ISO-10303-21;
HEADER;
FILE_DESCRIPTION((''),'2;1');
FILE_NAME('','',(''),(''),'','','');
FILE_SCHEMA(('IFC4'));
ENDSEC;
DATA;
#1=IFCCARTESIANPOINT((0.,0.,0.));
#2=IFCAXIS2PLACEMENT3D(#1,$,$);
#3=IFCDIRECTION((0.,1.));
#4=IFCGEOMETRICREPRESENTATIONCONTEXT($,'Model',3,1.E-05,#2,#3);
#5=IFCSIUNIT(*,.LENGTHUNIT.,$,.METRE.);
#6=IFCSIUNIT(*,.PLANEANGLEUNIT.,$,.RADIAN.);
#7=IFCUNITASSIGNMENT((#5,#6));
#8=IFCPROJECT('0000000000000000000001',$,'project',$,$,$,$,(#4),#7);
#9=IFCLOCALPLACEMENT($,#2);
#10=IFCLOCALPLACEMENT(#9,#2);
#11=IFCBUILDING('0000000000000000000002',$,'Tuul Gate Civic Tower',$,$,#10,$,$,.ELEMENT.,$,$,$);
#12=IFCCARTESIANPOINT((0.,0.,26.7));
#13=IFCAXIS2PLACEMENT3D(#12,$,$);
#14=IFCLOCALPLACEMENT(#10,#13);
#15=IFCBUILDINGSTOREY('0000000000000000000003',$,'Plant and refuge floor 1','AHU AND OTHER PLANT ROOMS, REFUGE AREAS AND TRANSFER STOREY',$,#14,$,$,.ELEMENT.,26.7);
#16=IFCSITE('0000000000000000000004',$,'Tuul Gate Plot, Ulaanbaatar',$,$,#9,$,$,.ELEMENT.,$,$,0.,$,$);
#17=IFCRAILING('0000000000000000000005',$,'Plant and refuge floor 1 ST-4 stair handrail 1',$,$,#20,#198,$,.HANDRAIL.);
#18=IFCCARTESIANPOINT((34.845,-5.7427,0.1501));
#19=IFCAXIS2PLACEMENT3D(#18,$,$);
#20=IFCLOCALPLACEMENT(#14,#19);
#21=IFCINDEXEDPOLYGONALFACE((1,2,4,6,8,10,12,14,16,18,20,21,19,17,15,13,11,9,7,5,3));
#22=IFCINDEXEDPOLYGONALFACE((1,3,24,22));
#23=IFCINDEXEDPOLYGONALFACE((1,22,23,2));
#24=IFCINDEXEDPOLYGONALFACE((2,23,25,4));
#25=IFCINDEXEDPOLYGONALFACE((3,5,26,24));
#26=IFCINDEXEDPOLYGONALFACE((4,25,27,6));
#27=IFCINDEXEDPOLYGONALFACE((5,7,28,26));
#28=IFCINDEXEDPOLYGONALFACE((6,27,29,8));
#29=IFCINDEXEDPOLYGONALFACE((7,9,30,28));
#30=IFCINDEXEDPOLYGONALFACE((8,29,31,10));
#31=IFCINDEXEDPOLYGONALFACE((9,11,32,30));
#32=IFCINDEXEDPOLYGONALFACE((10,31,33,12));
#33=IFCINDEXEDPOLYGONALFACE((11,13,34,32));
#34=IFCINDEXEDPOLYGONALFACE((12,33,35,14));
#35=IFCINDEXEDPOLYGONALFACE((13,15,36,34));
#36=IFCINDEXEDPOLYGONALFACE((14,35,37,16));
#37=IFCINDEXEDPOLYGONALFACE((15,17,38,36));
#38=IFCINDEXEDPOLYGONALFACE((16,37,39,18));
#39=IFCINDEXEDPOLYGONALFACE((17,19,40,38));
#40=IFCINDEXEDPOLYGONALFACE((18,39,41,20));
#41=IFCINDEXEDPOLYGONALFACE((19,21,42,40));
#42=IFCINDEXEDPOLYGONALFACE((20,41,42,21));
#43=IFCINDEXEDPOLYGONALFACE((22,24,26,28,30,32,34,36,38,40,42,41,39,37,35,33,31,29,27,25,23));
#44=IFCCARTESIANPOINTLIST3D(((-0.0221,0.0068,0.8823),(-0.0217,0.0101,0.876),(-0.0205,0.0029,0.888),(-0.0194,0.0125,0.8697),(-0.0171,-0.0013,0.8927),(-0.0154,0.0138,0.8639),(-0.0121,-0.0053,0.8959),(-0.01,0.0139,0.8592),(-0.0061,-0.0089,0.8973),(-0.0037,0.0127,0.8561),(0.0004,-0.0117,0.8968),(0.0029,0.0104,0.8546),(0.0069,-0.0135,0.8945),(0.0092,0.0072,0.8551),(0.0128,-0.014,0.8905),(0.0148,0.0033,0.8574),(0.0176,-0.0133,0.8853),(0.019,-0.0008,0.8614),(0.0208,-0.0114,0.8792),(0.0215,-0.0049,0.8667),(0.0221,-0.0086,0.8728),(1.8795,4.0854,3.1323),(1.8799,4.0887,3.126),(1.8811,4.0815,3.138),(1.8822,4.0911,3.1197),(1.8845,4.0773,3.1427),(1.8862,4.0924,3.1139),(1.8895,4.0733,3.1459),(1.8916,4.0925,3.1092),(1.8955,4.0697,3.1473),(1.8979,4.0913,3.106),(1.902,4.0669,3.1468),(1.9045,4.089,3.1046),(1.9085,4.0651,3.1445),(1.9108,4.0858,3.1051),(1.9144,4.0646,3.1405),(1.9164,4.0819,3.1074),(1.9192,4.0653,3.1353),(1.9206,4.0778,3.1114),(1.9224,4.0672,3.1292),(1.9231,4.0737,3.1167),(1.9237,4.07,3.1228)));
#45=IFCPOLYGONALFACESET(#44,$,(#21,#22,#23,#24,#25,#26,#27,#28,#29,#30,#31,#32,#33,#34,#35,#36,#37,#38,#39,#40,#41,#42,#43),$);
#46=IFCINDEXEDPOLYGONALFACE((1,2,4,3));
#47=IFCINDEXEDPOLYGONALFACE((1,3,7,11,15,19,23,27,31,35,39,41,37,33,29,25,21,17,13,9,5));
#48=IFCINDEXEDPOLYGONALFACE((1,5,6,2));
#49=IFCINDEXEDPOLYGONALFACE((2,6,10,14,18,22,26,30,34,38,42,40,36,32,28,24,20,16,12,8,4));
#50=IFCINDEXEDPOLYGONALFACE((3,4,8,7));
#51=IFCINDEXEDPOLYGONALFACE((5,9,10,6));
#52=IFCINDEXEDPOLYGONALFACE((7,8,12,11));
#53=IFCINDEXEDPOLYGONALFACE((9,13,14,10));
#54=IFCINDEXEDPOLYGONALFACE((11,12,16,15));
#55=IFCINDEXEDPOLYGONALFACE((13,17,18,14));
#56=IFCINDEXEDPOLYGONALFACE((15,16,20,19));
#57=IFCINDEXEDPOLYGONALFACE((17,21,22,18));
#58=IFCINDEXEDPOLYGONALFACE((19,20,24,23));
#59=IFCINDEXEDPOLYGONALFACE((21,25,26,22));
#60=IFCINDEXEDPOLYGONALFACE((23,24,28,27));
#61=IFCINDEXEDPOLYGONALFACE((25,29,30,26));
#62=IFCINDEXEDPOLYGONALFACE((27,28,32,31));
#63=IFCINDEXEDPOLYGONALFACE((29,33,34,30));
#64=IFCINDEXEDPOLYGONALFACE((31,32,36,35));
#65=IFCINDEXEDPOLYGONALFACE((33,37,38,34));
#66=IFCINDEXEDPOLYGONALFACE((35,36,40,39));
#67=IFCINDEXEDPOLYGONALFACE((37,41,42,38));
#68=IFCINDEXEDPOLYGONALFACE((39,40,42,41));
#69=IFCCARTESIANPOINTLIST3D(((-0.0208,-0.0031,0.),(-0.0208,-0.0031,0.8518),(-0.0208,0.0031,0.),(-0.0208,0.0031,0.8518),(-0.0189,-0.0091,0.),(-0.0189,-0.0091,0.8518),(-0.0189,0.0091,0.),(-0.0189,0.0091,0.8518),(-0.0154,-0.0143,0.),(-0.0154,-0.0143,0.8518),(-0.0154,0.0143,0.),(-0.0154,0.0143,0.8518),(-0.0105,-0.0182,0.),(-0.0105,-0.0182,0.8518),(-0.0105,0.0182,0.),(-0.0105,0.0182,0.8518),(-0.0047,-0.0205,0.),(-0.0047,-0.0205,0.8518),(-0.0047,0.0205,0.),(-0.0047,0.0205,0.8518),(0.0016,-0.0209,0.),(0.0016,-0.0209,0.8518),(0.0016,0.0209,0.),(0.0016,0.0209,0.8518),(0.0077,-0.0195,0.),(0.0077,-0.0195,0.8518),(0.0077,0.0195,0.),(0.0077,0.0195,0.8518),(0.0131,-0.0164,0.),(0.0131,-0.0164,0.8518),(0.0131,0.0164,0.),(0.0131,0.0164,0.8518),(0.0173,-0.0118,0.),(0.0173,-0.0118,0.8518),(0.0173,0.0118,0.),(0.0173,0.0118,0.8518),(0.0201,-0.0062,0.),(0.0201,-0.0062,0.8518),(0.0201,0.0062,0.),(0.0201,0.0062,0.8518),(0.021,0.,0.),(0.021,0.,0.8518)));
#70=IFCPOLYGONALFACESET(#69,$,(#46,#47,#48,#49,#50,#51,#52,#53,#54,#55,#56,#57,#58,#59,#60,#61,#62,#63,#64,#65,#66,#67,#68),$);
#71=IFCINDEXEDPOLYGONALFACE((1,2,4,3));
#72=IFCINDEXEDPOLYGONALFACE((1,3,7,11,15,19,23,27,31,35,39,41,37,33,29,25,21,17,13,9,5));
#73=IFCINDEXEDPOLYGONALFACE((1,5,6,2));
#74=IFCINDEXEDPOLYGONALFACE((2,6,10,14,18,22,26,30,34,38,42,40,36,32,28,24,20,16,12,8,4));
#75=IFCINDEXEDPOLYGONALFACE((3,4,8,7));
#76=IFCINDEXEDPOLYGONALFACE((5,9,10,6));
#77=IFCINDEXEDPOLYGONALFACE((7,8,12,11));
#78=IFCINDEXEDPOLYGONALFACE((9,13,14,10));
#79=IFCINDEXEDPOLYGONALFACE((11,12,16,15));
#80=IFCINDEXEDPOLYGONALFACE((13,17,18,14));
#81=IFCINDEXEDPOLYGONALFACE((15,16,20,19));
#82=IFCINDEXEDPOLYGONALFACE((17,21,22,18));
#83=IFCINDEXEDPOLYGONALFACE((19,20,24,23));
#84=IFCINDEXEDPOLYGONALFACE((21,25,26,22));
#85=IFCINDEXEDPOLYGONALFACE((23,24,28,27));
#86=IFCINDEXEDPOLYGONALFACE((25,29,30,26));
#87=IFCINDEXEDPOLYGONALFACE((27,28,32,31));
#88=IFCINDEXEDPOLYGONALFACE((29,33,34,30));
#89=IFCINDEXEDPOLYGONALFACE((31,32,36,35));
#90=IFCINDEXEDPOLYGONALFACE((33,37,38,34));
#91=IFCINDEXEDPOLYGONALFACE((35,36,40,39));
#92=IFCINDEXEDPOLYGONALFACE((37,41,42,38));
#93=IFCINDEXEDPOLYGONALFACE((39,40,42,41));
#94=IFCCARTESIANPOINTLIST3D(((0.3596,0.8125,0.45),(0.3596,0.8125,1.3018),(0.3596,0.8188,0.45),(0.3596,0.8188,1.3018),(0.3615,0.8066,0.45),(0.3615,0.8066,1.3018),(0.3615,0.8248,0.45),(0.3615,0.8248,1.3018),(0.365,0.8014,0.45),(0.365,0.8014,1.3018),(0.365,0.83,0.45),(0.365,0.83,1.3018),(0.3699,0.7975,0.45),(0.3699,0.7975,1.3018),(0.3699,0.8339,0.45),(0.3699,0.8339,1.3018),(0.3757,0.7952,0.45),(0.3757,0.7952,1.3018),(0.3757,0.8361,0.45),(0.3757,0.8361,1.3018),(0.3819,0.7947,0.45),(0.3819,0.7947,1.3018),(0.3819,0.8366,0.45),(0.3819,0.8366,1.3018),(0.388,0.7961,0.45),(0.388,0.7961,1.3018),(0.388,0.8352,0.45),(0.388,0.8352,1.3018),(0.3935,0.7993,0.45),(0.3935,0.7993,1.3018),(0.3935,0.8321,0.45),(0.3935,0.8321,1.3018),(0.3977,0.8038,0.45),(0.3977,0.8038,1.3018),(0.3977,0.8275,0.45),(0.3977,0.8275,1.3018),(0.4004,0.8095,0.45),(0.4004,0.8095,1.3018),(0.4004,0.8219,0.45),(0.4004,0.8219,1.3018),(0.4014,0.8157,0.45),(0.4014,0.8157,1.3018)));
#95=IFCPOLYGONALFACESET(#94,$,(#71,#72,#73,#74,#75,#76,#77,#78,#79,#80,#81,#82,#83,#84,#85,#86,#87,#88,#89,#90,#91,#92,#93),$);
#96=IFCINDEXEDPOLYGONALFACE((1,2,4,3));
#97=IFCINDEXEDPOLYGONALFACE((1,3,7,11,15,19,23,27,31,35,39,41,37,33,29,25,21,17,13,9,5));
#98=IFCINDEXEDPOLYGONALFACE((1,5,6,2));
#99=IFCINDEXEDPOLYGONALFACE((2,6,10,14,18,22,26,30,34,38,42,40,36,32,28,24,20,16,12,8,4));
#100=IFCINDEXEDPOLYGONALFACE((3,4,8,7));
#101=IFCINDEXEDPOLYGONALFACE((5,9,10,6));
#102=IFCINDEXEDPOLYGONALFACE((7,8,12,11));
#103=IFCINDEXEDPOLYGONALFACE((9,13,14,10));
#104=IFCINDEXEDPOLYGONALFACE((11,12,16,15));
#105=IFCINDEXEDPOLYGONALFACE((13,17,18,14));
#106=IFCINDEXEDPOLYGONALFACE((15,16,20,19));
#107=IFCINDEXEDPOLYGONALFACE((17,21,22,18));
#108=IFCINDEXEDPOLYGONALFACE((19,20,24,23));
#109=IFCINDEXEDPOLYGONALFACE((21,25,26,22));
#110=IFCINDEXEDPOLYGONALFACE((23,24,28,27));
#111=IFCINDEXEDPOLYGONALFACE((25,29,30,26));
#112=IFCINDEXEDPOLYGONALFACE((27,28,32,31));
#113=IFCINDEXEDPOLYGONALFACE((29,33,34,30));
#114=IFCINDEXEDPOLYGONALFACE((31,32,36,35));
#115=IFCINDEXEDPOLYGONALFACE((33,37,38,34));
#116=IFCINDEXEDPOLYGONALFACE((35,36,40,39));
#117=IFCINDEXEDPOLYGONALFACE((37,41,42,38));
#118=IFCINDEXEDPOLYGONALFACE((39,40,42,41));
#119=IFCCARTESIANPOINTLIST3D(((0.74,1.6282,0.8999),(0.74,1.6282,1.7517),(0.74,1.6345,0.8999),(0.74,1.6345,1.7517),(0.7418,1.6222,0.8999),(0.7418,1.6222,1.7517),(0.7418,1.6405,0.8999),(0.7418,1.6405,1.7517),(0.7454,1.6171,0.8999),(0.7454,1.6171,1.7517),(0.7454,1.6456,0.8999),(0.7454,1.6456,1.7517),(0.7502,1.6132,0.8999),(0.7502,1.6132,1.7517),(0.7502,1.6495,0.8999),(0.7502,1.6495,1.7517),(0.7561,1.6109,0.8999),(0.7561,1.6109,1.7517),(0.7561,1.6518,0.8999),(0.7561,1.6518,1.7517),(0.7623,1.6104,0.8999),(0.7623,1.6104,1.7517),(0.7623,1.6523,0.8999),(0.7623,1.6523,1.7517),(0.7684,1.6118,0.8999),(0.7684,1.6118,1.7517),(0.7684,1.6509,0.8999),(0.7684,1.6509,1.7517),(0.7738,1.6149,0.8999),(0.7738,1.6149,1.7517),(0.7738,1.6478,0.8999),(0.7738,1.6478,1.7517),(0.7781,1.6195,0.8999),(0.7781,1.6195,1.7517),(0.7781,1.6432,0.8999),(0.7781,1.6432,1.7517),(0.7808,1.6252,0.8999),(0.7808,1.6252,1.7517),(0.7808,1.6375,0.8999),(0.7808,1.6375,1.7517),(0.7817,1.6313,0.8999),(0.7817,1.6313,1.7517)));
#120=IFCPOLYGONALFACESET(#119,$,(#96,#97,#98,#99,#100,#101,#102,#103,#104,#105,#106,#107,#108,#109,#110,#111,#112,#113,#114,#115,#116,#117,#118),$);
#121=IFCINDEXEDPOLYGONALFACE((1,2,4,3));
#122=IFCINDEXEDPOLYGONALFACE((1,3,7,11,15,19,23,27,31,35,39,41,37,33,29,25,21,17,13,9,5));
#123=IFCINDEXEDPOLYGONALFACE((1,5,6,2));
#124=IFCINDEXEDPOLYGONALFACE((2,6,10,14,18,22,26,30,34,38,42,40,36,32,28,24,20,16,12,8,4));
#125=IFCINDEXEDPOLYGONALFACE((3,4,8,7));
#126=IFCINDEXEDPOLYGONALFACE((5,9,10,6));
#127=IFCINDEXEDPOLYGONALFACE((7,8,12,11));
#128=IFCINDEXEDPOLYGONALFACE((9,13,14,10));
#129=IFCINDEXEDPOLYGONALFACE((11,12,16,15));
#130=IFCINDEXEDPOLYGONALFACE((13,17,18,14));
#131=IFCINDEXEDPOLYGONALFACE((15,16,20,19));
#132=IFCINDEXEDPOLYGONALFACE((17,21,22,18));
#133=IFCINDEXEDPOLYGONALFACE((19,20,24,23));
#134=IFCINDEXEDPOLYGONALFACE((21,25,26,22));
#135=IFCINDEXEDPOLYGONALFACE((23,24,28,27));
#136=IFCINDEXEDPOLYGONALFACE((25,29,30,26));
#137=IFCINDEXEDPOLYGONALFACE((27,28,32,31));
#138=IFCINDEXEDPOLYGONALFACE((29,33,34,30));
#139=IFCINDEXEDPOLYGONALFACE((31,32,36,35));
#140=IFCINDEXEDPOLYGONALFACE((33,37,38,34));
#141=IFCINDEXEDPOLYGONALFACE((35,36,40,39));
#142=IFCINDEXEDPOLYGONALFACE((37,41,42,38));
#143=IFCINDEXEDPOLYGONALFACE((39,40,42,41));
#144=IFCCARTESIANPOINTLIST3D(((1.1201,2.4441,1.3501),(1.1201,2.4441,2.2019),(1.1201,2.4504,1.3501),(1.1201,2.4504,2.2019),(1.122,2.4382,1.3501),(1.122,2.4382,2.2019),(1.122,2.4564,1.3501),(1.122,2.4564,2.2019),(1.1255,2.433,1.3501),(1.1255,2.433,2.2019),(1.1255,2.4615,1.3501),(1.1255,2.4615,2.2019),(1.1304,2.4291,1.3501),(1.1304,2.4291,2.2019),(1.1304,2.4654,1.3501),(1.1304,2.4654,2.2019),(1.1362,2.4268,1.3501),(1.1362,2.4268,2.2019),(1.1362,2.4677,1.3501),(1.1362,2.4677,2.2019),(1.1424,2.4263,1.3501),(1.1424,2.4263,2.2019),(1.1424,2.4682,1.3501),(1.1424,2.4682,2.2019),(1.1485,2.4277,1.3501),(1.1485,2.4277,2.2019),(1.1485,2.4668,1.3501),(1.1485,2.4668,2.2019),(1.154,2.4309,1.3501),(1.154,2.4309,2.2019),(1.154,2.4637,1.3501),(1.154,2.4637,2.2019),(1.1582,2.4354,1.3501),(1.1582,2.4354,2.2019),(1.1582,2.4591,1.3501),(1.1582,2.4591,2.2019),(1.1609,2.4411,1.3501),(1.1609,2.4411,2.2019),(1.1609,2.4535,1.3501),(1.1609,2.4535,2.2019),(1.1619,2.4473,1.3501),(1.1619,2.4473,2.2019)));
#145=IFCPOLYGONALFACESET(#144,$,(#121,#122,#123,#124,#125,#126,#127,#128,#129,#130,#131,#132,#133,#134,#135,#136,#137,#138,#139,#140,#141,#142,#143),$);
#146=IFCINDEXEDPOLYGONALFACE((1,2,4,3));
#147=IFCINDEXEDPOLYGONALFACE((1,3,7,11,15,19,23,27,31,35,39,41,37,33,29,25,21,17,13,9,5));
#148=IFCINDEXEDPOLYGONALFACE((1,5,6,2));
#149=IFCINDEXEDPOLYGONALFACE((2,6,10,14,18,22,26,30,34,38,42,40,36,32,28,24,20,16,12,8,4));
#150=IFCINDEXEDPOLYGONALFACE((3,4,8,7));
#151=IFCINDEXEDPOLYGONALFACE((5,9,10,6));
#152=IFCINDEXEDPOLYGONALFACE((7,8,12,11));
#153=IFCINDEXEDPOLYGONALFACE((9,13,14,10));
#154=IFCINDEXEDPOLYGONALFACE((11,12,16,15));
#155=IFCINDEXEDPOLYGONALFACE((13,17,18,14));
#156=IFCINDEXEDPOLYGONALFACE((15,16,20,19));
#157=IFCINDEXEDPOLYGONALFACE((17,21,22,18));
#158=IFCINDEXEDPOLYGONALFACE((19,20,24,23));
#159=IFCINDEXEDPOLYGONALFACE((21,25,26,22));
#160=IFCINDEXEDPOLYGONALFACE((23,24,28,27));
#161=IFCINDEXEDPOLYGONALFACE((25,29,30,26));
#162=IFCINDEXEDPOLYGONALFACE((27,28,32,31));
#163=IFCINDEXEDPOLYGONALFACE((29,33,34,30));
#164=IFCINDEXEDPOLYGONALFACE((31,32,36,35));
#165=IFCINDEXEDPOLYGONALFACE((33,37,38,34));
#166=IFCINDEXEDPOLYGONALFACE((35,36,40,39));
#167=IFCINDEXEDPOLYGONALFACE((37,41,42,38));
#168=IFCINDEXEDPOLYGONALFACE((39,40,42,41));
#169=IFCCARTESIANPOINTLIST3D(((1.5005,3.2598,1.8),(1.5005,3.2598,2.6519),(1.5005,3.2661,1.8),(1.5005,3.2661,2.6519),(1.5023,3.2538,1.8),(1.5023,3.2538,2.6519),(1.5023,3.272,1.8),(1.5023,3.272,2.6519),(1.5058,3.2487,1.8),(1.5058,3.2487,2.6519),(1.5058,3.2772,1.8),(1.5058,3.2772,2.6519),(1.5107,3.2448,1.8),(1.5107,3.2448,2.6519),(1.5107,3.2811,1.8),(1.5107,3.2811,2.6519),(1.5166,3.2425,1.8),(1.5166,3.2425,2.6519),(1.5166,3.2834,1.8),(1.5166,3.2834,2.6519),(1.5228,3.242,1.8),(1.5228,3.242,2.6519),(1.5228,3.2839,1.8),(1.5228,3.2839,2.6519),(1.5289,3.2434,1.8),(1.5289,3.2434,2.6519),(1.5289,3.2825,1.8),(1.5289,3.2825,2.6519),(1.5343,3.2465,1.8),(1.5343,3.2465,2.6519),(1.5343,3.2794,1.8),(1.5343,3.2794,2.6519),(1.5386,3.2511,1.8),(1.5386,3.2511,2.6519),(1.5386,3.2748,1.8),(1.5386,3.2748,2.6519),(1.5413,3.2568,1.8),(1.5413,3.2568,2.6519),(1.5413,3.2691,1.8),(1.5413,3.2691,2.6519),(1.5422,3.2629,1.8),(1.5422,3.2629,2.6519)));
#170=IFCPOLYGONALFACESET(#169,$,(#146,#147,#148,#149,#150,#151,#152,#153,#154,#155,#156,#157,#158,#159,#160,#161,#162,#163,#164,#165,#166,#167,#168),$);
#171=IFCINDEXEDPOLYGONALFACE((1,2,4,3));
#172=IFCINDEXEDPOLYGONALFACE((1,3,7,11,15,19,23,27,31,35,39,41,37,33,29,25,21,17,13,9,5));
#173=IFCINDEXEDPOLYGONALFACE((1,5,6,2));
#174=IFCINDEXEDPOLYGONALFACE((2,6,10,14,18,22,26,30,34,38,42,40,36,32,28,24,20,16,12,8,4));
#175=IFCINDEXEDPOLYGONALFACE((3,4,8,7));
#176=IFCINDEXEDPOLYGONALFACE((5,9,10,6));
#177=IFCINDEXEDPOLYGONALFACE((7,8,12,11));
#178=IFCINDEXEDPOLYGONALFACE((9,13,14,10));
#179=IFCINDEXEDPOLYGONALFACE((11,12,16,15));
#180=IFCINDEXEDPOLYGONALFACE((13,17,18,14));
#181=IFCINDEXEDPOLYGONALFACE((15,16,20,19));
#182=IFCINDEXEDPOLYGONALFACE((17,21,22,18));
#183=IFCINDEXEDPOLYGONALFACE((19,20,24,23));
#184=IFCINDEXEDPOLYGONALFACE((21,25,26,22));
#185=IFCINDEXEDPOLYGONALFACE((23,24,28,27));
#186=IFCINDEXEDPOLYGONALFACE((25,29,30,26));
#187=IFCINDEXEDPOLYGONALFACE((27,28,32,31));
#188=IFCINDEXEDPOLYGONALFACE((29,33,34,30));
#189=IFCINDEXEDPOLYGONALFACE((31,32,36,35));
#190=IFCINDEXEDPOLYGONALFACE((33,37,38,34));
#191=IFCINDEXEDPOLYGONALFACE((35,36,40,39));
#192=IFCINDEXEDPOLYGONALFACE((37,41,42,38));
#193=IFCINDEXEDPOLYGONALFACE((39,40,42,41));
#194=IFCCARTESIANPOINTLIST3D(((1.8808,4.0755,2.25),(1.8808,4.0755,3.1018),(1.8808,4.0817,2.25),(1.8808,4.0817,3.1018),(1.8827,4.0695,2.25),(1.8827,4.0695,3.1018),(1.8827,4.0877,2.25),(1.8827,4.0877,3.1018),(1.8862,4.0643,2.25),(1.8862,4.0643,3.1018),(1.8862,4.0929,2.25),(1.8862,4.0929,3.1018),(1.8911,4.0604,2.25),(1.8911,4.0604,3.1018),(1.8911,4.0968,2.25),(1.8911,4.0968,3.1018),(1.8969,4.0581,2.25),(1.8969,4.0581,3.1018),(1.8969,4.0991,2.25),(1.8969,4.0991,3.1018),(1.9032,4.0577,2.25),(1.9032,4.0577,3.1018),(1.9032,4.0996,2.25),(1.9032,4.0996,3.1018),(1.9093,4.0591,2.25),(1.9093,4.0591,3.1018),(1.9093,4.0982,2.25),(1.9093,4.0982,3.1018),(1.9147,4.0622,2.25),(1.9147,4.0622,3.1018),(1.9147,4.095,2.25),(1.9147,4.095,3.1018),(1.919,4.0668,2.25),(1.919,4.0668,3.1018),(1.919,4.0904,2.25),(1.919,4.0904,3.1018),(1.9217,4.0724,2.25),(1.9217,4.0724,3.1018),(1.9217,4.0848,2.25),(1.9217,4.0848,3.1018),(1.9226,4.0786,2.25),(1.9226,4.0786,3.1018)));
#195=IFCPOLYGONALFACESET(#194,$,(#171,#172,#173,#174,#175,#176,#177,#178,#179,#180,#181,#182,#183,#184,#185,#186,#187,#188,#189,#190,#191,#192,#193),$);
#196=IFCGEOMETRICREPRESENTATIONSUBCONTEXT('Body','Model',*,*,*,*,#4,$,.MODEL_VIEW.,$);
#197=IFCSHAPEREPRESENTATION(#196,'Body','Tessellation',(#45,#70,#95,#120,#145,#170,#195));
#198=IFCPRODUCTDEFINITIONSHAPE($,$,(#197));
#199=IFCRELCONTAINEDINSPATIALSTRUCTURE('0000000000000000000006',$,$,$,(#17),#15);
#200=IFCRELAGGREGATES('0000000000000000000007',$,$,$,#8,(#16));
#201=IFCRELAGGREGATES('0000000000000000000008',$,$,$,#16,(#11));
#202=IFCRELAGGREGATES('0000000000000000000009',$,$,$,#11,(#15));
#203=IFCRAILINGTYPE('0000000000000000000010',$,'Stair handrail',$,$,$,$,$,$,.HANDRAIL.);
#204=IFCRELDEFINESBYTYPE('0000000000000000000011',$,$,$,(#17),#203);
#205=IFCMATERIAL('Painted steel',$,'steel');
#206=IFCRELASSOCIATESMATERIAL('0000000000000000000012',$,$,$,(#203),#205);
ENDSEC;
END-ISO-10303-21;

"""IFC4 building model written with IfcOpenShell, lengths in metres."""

from ifc_helpers import new_model, si_unit, direction, frame, origin, origin_2d, place, context, subcontext, project, spatial, circle, extrude, material, type_object, element, save


model = new_model("IFC4")

# Units and contexts
model_context = context("Model", 3, precision=1e-05, world=origin(), true_north=direction((0.0, 1.0)))
body_context = subcontext(model_context, "Body", "Model", "MODEL_VIEW")
ifc_project = project(units=[si_unit("LENGTHUNIT", "METRE"), si_unit("PLANEANGLEUNIT", "RADIAN")], contexts=[model_context])

# Site, building, storey
site_placement = place(None, origin())
site = spatial("IfcSite", under=ifc_project, at=site_placement, Name="Tuul Gate Plot, Ulaanbaatar", CompositionType="ELEMENT", RefElevation=0.0)
building_placement = place(site_placement, origin())
building = spatial("IfcBuilding", under=site, at=building_placement, Name="Tuul Gate Civic Tower", CompositionType="ELEMENT")
storey_placement = place(building_placement, frame((0.0, 0.0, 26.7)))
storey = spatial("IfcBuildingStorey", under=building, at=storey_placement, Name="Plant and refuge floor 1", Description="AHU AND OTHER PLANT ROOMS, REFUGE AREAS AND TRANSFER STOREY", CompositionType="ELEMENT", Elevation=26.7)

# Railing
ifc_material_1 = material(Name="Painted steel", Category="steel")
railing_type = type_object("IfcRailingType", Name="Stair handrail", PredefinedType="HANDRAIL", material=ifc_material_1)
railing_placement = place(storey_placement, frame((34.845, -5.7427, 0.1501)))
element("IfcRailing", 1, at=railing_placement, inside=storey, type_object=railing_type, Name="Plant and refuge floor 1 ST-4 stair handrail 1", PredefinedType="HANDRAIL", context=body_context, shape_type="SweptSolid", body=[
    extrude(circle(Radius=0.0239, at=origin_2d()), frame((0.0, 0.0, 0.876), z_axis=(0.377958, 0.810652, 0.447203), x_axis=(-0.906331, 0.422568, 0.0)), (0.0, 0.0, 1.0), 5.0312),
    extrude(circle(Radius=0.021, at=origin_2d()), origin(), (0.0, 0.0, 1.0), 0.8518),
    extrude(circle(Radius=0.021, at=origin_2d()), frame((0.3804, 0.8157, 0.45)), (0.0, 0.0, 1.0), 0.8518),
    extrude(circle(Radius=0.021, at=origin_2d()), frame((0.7607, 1.6313, 0.8999)), (0.0, 0.0, 1.0), 0.8518),
    extrude(circle(Radius=0.021, at=origin_2d()), frame((1.1409, 2.4473, 1.3501)), (0.0, 0.0, 1.0), 0.8518),
    extrude(circle(Radius=0.021, at=origin_2d()), frame((1.5212, 3.2629, 1.8)), (0.0, 0.0, 1.0), 0.8518),
    extrude(circle(Radius=0.021, at=origin_2d()), frame((1.9016, 4.0786, 2.25)), (0.0, 0.0, 1.0), 0.8518),
])

save(model, "model.ifc")
